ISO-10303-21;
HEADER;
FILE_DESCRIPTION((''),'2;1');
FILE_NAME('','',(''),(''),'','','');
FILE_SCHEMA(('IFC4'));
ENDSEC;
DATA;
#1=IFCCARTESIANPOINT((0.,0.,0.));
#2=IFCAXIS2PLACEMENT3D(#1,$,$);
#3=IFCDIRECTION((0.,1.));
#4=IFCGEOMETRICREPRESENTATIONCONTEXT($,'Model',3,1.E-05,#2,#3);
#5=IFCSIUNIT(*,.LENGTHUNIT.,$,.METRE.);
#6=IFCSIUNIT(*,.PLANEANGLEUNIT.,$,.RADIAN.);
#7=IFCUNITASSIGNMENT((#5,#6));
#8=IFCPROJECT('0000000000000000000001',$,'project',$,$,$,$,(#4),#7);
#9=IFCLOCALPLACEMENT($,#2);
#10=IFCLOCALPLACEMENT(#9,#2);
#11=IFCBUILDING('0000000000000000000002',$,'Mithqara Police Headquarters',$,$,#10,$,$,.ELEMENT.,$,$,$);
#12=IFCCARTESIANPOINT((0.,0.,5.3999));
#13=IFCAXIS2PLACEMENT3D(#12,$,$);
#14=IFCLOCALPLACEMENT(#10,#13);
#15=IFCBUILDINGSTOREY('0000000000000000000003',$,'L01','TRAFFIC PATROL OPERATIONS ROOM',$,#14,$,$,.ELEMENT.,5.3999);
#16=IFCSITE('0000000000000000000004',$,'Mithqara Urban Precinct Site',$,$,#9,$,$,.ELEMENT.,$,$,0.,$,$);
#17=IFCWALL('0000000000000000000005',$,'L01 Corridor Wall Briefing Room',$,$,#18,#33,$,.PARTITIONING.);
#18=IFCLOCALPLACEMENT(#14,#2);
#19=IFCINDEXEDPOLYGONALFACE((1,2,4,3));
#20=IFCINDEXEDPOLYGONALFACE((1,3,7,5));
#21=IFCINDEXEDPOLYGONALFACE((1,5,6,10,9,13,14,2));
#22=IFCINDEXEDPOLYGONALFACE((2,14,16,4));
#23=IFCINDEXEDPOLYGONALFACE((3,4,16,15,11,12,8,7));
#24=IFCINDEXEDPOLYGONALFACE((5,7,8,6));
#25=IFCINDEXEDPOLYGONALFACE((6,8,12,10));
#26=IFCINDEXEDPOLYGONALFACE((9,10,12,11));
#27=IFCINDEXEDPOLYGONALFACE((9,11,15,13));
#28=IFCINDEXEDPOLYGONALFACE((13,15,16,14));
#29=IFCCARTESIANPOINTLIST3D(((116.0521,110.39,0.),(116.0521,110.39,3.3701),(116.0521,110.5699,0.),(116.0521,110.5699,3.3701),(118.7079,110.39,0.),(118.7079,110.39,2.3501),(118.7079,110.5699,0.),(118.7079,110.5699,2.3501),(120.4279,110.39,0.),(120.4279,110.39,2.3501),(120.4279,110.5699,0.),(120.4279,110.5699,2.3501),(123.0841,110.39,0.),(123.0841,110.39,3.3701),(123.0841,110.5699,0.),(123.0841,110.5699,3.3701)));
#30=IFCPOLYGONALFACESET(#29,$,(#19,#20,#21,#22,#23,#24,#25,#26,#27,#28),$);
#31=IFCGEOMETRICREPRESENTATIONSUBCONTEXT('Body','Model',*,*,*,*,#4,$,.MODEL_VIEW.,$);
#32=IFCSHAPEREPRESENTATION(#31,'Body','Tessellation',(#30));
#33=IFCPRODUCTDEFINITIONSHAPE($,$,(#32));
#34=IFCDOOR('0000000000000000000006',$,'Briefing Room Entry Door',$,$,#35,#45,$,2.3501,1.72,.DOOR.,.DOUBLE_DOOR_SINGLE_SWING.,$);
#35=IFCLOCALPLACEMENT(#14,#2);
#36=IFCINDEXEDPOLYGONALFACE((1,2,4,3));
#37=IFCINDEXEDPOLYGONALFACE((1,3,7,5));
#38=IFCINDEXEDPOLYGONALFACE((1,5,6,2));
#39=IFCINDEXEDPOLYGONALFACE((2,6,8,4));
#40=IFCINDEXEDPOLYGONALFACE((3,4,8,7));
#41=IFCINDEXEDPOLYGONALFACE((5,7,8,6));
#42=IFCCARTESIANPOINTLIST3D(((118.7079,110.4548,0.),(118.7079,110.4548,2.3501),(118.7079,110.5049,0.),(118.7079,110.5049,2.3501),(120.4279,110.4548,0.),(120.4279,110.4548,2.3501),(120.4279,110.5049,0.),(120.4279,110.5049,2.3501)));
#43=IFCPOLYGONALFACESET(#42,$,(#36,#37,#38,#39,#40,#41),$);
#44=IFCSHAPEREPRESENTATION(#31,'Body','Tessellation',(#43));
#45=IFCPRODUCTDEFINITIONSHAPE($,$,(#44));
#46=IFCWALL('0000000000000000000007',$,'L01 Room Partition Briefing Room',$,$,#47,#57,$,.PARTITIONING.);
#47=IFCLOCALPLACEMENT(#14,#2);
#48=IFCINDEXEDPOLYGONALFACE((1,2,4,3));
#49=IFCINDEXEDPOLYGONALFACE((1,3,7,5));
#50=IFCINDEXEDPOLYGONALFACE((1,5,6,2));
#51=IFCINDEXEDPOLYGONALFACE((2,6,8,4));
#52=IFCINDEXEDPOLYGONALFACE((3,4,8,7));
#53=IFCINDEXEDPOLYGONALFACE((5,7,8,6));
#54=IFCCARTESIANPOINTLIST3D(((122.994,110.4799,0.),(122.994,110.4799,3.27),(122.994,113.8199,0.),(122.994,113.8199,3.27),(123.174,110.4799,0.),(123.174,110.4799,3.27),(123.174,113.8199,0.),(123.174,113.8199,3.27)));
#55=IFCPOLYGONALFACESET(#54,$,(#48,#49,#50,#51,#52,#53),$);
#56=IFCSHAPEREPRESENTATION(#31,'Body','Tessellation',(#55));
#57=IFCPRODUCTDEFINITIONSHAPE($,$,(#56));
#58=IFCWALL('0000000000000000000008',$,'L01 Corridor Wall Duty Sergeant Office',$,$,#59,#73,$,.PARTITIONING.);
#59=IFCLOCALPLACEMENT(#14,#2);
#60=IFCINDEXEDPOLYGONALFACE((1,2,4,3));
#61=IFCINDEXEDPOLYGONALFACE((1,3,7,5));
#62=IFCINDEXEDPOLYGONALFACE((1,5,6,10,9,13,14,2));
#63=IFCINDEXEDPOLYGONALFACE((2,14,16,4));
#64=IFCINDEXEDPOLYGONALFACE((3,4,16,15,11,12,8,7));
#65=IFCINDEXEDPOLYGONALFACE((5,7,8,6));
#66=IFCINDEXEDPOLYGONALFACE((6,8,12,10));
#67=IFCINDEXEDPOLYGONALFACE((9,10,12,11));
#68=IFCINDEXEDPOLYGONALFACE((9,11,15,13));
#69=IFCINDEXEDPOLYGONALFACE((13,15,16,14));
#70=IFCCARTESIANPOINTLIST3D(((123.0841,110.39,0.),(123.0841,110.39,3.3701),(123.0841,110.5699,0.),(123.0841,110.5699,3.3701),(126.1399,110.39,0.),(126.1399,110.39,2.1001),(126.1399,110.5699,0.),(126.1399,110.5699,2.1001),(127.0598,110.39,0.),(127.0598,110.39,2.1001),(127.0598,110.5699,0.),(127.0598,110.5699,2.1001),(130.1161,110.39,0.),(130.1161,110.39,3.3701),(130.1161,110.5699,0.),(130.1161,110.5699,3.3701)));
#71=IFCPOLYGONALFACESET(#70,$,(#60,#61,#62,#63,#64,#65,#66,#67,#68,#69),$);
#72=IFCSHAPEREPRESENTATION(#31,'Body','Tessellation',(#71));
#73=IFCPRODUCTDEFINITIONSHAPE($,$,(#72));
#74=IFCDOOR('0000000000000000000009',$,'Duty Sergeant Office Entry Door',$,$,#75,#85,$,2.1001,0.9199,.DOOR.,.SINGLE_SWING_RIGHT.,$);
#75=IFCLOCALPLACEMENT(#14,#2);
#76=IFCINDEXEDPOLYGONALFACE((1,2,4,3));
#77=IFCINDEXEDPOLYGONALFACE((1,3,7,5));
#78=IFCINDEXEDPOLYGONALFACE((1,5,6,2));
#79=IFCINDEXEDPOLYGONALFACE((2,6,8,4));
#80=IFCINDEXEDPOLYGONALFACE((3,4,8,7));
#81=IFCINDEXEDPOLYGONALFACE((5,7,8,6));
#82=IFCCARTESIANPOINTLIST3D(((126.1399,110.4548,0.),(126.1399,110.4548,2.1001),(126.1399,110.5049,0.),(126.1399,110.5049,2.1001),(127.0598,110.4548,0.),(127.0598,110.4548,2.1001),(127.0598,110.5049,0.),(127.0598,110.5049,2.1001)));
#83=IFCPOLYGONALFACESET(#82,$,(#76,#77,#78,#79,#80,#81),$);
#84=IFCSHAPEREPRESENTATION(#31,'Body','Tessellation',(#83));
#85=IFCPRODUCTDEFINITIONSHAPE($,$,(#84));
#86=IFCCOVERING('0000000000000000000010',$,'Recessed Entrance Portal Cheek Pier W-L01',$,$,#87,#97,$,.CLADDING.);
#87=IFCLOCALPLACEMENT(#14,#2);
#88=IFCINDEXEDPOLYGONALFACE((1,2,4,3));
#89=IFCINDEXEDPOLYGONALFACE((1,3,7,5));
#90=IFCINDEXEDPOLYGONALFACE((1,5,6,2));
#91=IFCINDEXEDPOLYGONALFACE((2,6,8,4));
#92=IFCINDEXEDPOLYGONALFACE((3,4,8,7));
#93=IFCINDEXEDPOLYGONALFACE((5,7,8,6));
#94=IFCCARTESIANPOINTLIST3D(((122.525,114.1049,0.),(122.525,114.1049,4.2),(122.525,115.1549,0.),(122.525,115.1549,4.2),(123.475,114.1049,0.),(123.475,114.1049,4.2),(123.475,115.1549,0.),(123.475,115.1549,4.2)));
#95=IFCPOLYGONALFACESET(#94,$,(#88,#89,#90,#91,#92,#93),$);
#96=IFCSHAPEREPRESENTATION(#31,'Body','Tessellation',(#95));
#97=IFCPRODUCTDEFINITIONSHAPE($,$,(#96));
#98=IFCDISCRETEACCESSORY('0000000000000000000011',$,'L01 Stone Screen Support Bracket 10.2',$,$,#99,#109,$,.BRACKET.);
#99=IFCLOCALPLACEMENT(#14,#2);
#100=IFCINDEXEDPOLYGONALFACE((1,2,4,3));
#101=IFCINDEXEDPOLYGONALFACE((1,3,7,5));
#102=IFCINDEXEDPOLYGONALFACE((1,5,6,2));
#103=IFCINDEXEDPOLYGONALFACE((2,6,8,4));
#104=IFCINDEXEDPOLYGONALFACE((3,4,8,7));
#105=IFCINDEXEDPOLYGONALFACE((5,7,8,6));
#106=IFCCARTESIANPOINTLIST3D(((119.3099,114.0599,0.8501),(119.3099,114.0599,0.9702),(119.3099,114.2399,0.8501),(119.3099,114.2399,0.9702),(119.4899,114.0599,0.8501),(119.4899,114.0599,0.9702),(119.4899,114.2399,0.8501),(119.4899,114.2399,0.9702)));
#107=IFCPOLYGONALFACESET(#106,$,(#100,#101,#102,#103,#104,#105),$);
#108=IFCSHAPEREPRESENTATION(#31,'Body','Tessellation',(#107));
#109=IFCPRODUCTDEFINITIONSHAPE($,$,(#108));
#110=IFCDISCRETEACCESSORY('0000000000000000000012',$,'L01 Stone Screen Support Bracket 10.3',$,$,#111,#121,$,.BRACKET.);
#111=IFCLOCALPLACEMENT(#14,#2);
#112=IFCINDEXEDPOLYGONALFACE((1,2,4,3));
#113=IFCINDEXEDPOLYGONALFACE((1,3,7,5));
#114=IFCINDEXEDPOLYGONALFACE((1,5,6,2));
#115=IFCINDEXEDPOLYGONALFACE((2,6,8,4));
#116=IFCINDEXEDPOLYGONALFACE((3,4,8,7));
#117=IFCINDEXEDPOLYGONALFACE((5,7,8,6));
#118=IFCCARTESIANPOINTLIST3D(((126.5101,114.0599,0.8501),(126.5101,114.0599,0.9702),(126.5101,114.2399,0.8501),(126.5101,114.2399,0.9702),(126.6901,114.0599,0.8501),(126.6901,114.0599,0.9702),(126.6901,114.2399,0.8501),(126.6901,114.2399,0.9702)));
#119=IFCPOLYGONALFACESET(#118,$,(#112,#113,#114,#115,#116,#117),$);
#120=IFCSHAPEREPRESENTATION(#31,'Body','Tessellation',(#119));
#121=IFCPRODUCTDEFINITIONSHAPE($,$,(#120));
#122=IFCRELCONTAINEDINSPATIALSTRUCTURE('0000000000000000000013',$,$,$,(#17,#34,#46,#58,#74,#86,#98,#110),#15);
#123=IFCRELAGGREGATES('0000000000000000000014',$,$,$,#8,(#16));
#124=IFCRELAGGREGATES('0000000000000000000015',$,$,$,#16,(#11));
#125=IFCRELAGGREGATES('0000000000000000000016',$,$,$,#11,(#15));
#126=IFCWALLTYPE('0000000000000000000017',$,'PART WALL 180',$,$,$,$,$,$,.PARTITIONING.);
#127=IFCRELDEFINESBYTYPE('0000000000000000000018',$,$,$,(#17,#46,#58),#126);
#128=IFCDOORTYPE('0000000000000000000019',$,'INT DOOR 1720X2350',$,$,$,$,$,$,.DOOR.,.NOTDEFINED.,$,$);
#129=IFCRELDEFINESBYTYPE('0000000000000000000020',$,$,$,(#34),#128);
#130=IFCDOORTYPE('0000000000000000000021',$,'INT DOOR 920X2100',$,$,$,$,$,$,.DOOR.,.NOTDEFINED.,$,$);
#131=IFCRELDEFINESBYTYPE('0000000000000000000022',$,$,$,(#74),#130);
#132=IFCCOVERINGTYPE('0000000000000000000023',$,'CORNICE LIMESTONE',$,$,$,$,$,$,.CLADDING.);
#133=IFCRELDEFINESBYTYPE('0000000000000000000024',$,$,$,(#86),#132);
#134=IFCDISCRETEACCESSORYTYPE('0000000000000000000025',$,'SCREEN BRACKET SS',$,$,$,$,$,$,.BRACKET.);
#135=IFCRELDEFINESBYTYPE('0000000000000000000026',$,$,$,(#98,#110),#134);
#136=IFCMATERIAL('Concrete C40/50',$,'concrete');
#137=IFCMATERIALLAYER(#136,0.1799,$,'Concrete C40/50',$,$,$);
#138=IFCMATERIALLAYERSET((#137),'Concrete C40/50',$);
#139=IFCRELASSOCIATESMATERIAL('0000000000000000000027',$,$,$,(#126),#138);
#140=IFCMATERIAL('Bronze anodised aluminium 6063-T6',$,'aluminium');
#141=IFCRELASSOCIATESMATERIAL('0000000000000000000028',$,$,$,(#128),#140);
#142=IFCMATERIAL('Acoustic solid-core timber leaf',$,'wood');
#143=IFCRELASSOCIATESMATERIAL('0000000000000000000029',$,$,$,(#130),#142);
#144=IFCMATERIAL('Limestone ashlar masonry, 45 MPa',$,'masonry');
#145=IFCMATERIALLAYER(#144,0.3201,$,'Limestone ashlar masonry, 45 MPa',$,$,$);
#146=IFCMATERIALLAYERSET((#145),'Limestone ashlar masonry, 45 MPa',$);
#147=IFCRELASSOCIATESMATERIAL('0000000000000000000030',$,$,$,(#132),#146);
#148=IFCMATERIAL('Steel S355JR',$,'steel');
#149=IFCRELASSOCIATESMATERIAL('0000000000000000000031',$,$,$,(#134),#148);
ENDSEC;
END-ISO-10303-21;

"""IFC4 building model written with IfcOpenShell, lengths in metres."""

from ifc_helpers import new_model, si_unit, direction, frame, frame_2d, origin, origin_2d, place, context, subcontext, project, spatial, rectangle, extrude, material, layer, layer_set, type_object, element, fill, save


model = new_model("IFC4")

# Units and contexts
model_context = context("Model", 3, precision=1e-05, world=origin(), true_north=direction((0.0, 1.0)))
body_context = subcontext(model_context, "Body", "Model", "MODEL_VIEW")
ifc_project = project(units=[si_unit("LENGTHUNIT", "METRE"), si_unit("PLANEANGLEUNIT", "RADIAN")], contexts=[model_context])

# Site, building, storey
site_placement = place(None, origin())
site = spatial("IfcSite", under=ifc_project, at=site_placement, Name="Mithqara Urban Precinct Site", CompositionType="ELEMENT", RefElevation=0.0)
building_placement = place(site_placement, origin())
building = spatial("IfcBuilding", under=site, at=building_placement, Name="Mithqara Police Headquarters", CompositionType="ELEMENT")
storey_placement = place(building_placement, frame((0.0, 0.0, 5.3999)))
storey = spatial("IfcBuildingStorey", under=building, at=storey_placement, Name="L01", Description="TRAFFIC PATROL OPERATIONS ROOM", CompositionType="ELEMENT", Elevation=5.3999)

# Shared definitions
ifc_material_1 = material(Name="Steel S355JR", Category="steel")
ifc_material_2 = material(Name="Concrete C40/50", Category="concrete")

# Shared definitions
ifc_material_3 = material(Name="Limestone ashlar masonry, 45 MPa", Category="masonry")

# Shared definitions
ifc_layer_1 = layer(ifc_material_2, 0.1799, Name="Concrete C40/50")
ifc_layer_set_1 = layer_set([ifc_layer_1], Name="Concrete C40/50")
wall_type = type_object("IfcWallType", Name="PART WALL 180", PredefinedType="PARTITIONING", material=ifc_layer_set_1)

# Wall, opening, door
wall_1_placement = place(storey_placement, frame((116.052, 110.48, 0.0), z_axis=(0.0, 0.0, 1.0), x_axis=(1.0, 0.0, 0.0)))
wall_1 = element("IfcWall", 1, at=wall_1_placement, inside=storey, type_object=wall_type, Name="L01 Corridor Wall Briefing Room", PredefinedType="PARTITIONING", context=body_context, shape_type="SweptSolid", body=[
    extrude(rectangle(XDim=7.032, YDim=0.1799, at=frame_2d((3.5161, 0.0))), origin(), (0.0, 0.0, 1.0), 3.3701),
])
opening_1_placement = place(wall_1_placement, frame((2.656, 0.0, 0.0)))
opening_1 = element("IfcOpeningElement", 2, at=opening_1_placement, cuts=wall_1, PredefinedType="OPENING", context=body_context, shape_type="SweptSolid", body=[
    extrude(rectangle(XDim=1.72, YDim=2.3501, at=frame_2d((0.8599, 1.175))), frame((0.0, 0.1001, 0.0), z_axis=(0.0, -1.0, 0.0), x_axis=(1.0, 0.0, 0.0)), (0.0, 0.0, 1.0), 0.2),
])
ifc_material_4 = material(Name="Bronze anodised aluminium 6063-T6", Category="aluminium")
door_type_1 = type_object("IfcDoorType", Name="INT DOOR 1720X2350", OperationType="NOTDEFINED", PredefinedType="DOOR", material=ifc_material_4)
door_1_placement = place(opening_1_placement, origin())
door_1 = element("IfcDoor", 3, at=door_1_placement, inside=storey, type_object=door_type_1, Name="Briefing Room Entry Door", OperationType="DOUBLE_DOOR_SINGLE_SWING", OverallHeight=2.3501, OverallWidth=1.72, PredefinedType="DOOR", context=body_context, shape_type="SweptSolid", body=[
    extrude(rectangle(XDim=1.72, YDim=2.3501, at=frame_2d((0.8599, 1.175))), frame((0.0, 0.0249, 0.0), z_axis=(0.0, -1.0, 0.0), x_axis=(1.0, 0.0, 0.0)), (0.0, 0.0, 1.0), 0.05),
])
fill(opening_1, door_1)

# Wall
wall_2_placement = place(storey_placement, frame((123.084, 110.48, 0.0), z_axis=(0.0, 0.0, 1.0), x_axis=(0.0, 1.0, 0.0)))
element("IfcWall", 4, at=wall_2_placement, inside=storey, type_object=wall_type, Name="L01 Room Partition Briefing Room", PredefinedType="PARTITIONING", context=body_context, shape_type="SweptSolid", body=[
    extrude(rectangle(XDim=3.3401, YDim=0.1799, at=frame_2d((1.6699, 0.0))), origin(), (0.0, 0.0, 1.0), 3.27),
])

# Wall, opening, door
wall_3_placement = place(storey_placement, frame((123.084, 110.48, 0.0), z_axis=(0.0, 0.0, 1.0), x_axis=(1.0, 0.0, 0.0)))
wall_3 = element("IfcWall", 5, at=wall_3_placement, inside=storey, type_object=wall_type, Name="L01 Corridor Wall Duty Sergeant Office", PredefinedType="PARTITIONING", context=body_context, shape_type="SweptSolid", body=[
    extrude(rectangle(XDim=7.032, YDim=0.1799, at=frame_2d((3.5161, 0.0))), origin(), (0.0, 0.0, 1.0), 3.3701),
])
opening_2_placement = place(wall_3_placement, frame((3.0559, 0.0, 0.0)))
opening_2 = element("IfcOpeningElement", 6, at=opening_2_placement, cuts=wall_3, PredefinedType="OPENING", context=body_context, shape_type="SweptSolid", body=[
    extrude(rectangle(XDim=0.9199, YDim=2.1001, at=frame_2d((0.46, 1.05))), frame((0.0, 0.1001, 0.0), z_axis=(0.0, -1.0, 0.0), x_axis=(1.0, 0.0, 0.0)), (0.0, 0.0, 1.0), 0.2),
])
ifc_material_5 = material(Name="Acoustic solid-core timber leaf", Category="wood")
door_type_2 = type_object("IfcDoorType", Name="INT DOOR 920X2100", OperationType="NOTDEFINED", PredefinedType="DOOR", material=ifc_material_5)
door_2_placement = place(opening_2_placement, origin())
door_2 = element("IfcDoor", 7, at=door_2_placement, inside=storey, type_object=door_type_2, Name="Duty Sergeant Office Entry Door", OperationType="SINGLE_SWING_RIGHT", OverallHeight=2.1001, OverallWidth=0.9199, PredefinedType="DOOR", context=body_context, shape_type="SweptSolid", body=[
    extrude(rectangle(XDim=0.9199, YDim=2.1001, at=frame_2d((0.46, 1.05))), frame((0.0, 0.0249, 0.0), z_axis=(0.0, -1.0, 0.0), x_axis=(1.0, 0.0, 0.0)), (0.0, 0.0, 1.0), 0.05),
])
fill(opening_2, door_2)

# Covering
ifc_layer_2 = layer(ifc_material_3, 0.3201, Name="Limestone ashlar masonry, 45 MPa")
ifc_layer_set_2 = layer_set([ifc_layer_2], Name="Limestone ashlar masonry, 45 MPa")
covering_type = type_object("IfcCoveringType", Name="CORNICE LIMESTONE", PredefinedType="CLADDING", material=ifc_layer_set_2)
covering_placement = place(storey_placement, frame((123.0, 114.6299, 0.0), z_axis=(0.0, 0.0, 1.0), x_axis=(1.0, 0.0, 0.0)))
element("IfcCovering", 8, at=covering_placement, inside=storey, type_object=covering_type, Name="Recessed Entrance Portal Cheek Pier W-L01", PredefinedType="CLADDING", context=body_context, shape_type="SweptSolid", body=[
    extrude(rectangle(XDim=0.95, YDim=1.05, at=origin_2d()), origin(), (0.0, 0.0, 1.0), 4.2),
])

# Discrete accessories
discrete_accessory_type = type_object("IfcDiscreteAccessoryType", Name="SCREEN BRACKET SS", PredefinedType="BRACKET", material=ifc_material_1)
for number, where, z_axis, x_axis, name in (
    (9, (119.3999, 114.1499, 0.8501), (0.0, 0.0, 1.0), (1.0, 0.0, 0.0), "L01 Stone Screen Support Bracket 10.2"),
    (10, (126.6001, 114.1499, 0.8501), (0.0, 0.0, 1.0), (1.0, 0.0, 0.0), "L01 Stone Screen Support Bracket 10.3"),
):
    element("IfcDiscreteAccessory", number, at=place(storey_placement, frame(where, z_axis=z_axis, x_axis=x_axis)), inside=storey, type_object=discrete_accessory_type, Name=name, PredefinedType="BRACKET", context=body_context, shape_type="SweptSolid", body=[
        extrude(rectangle(XDim=0.1799, YDim=0.1799, at=origin_2d()), origin(), (0.0, 0.0, 1.0), 0.1201),
    ])

save(model, "model.ifc")
